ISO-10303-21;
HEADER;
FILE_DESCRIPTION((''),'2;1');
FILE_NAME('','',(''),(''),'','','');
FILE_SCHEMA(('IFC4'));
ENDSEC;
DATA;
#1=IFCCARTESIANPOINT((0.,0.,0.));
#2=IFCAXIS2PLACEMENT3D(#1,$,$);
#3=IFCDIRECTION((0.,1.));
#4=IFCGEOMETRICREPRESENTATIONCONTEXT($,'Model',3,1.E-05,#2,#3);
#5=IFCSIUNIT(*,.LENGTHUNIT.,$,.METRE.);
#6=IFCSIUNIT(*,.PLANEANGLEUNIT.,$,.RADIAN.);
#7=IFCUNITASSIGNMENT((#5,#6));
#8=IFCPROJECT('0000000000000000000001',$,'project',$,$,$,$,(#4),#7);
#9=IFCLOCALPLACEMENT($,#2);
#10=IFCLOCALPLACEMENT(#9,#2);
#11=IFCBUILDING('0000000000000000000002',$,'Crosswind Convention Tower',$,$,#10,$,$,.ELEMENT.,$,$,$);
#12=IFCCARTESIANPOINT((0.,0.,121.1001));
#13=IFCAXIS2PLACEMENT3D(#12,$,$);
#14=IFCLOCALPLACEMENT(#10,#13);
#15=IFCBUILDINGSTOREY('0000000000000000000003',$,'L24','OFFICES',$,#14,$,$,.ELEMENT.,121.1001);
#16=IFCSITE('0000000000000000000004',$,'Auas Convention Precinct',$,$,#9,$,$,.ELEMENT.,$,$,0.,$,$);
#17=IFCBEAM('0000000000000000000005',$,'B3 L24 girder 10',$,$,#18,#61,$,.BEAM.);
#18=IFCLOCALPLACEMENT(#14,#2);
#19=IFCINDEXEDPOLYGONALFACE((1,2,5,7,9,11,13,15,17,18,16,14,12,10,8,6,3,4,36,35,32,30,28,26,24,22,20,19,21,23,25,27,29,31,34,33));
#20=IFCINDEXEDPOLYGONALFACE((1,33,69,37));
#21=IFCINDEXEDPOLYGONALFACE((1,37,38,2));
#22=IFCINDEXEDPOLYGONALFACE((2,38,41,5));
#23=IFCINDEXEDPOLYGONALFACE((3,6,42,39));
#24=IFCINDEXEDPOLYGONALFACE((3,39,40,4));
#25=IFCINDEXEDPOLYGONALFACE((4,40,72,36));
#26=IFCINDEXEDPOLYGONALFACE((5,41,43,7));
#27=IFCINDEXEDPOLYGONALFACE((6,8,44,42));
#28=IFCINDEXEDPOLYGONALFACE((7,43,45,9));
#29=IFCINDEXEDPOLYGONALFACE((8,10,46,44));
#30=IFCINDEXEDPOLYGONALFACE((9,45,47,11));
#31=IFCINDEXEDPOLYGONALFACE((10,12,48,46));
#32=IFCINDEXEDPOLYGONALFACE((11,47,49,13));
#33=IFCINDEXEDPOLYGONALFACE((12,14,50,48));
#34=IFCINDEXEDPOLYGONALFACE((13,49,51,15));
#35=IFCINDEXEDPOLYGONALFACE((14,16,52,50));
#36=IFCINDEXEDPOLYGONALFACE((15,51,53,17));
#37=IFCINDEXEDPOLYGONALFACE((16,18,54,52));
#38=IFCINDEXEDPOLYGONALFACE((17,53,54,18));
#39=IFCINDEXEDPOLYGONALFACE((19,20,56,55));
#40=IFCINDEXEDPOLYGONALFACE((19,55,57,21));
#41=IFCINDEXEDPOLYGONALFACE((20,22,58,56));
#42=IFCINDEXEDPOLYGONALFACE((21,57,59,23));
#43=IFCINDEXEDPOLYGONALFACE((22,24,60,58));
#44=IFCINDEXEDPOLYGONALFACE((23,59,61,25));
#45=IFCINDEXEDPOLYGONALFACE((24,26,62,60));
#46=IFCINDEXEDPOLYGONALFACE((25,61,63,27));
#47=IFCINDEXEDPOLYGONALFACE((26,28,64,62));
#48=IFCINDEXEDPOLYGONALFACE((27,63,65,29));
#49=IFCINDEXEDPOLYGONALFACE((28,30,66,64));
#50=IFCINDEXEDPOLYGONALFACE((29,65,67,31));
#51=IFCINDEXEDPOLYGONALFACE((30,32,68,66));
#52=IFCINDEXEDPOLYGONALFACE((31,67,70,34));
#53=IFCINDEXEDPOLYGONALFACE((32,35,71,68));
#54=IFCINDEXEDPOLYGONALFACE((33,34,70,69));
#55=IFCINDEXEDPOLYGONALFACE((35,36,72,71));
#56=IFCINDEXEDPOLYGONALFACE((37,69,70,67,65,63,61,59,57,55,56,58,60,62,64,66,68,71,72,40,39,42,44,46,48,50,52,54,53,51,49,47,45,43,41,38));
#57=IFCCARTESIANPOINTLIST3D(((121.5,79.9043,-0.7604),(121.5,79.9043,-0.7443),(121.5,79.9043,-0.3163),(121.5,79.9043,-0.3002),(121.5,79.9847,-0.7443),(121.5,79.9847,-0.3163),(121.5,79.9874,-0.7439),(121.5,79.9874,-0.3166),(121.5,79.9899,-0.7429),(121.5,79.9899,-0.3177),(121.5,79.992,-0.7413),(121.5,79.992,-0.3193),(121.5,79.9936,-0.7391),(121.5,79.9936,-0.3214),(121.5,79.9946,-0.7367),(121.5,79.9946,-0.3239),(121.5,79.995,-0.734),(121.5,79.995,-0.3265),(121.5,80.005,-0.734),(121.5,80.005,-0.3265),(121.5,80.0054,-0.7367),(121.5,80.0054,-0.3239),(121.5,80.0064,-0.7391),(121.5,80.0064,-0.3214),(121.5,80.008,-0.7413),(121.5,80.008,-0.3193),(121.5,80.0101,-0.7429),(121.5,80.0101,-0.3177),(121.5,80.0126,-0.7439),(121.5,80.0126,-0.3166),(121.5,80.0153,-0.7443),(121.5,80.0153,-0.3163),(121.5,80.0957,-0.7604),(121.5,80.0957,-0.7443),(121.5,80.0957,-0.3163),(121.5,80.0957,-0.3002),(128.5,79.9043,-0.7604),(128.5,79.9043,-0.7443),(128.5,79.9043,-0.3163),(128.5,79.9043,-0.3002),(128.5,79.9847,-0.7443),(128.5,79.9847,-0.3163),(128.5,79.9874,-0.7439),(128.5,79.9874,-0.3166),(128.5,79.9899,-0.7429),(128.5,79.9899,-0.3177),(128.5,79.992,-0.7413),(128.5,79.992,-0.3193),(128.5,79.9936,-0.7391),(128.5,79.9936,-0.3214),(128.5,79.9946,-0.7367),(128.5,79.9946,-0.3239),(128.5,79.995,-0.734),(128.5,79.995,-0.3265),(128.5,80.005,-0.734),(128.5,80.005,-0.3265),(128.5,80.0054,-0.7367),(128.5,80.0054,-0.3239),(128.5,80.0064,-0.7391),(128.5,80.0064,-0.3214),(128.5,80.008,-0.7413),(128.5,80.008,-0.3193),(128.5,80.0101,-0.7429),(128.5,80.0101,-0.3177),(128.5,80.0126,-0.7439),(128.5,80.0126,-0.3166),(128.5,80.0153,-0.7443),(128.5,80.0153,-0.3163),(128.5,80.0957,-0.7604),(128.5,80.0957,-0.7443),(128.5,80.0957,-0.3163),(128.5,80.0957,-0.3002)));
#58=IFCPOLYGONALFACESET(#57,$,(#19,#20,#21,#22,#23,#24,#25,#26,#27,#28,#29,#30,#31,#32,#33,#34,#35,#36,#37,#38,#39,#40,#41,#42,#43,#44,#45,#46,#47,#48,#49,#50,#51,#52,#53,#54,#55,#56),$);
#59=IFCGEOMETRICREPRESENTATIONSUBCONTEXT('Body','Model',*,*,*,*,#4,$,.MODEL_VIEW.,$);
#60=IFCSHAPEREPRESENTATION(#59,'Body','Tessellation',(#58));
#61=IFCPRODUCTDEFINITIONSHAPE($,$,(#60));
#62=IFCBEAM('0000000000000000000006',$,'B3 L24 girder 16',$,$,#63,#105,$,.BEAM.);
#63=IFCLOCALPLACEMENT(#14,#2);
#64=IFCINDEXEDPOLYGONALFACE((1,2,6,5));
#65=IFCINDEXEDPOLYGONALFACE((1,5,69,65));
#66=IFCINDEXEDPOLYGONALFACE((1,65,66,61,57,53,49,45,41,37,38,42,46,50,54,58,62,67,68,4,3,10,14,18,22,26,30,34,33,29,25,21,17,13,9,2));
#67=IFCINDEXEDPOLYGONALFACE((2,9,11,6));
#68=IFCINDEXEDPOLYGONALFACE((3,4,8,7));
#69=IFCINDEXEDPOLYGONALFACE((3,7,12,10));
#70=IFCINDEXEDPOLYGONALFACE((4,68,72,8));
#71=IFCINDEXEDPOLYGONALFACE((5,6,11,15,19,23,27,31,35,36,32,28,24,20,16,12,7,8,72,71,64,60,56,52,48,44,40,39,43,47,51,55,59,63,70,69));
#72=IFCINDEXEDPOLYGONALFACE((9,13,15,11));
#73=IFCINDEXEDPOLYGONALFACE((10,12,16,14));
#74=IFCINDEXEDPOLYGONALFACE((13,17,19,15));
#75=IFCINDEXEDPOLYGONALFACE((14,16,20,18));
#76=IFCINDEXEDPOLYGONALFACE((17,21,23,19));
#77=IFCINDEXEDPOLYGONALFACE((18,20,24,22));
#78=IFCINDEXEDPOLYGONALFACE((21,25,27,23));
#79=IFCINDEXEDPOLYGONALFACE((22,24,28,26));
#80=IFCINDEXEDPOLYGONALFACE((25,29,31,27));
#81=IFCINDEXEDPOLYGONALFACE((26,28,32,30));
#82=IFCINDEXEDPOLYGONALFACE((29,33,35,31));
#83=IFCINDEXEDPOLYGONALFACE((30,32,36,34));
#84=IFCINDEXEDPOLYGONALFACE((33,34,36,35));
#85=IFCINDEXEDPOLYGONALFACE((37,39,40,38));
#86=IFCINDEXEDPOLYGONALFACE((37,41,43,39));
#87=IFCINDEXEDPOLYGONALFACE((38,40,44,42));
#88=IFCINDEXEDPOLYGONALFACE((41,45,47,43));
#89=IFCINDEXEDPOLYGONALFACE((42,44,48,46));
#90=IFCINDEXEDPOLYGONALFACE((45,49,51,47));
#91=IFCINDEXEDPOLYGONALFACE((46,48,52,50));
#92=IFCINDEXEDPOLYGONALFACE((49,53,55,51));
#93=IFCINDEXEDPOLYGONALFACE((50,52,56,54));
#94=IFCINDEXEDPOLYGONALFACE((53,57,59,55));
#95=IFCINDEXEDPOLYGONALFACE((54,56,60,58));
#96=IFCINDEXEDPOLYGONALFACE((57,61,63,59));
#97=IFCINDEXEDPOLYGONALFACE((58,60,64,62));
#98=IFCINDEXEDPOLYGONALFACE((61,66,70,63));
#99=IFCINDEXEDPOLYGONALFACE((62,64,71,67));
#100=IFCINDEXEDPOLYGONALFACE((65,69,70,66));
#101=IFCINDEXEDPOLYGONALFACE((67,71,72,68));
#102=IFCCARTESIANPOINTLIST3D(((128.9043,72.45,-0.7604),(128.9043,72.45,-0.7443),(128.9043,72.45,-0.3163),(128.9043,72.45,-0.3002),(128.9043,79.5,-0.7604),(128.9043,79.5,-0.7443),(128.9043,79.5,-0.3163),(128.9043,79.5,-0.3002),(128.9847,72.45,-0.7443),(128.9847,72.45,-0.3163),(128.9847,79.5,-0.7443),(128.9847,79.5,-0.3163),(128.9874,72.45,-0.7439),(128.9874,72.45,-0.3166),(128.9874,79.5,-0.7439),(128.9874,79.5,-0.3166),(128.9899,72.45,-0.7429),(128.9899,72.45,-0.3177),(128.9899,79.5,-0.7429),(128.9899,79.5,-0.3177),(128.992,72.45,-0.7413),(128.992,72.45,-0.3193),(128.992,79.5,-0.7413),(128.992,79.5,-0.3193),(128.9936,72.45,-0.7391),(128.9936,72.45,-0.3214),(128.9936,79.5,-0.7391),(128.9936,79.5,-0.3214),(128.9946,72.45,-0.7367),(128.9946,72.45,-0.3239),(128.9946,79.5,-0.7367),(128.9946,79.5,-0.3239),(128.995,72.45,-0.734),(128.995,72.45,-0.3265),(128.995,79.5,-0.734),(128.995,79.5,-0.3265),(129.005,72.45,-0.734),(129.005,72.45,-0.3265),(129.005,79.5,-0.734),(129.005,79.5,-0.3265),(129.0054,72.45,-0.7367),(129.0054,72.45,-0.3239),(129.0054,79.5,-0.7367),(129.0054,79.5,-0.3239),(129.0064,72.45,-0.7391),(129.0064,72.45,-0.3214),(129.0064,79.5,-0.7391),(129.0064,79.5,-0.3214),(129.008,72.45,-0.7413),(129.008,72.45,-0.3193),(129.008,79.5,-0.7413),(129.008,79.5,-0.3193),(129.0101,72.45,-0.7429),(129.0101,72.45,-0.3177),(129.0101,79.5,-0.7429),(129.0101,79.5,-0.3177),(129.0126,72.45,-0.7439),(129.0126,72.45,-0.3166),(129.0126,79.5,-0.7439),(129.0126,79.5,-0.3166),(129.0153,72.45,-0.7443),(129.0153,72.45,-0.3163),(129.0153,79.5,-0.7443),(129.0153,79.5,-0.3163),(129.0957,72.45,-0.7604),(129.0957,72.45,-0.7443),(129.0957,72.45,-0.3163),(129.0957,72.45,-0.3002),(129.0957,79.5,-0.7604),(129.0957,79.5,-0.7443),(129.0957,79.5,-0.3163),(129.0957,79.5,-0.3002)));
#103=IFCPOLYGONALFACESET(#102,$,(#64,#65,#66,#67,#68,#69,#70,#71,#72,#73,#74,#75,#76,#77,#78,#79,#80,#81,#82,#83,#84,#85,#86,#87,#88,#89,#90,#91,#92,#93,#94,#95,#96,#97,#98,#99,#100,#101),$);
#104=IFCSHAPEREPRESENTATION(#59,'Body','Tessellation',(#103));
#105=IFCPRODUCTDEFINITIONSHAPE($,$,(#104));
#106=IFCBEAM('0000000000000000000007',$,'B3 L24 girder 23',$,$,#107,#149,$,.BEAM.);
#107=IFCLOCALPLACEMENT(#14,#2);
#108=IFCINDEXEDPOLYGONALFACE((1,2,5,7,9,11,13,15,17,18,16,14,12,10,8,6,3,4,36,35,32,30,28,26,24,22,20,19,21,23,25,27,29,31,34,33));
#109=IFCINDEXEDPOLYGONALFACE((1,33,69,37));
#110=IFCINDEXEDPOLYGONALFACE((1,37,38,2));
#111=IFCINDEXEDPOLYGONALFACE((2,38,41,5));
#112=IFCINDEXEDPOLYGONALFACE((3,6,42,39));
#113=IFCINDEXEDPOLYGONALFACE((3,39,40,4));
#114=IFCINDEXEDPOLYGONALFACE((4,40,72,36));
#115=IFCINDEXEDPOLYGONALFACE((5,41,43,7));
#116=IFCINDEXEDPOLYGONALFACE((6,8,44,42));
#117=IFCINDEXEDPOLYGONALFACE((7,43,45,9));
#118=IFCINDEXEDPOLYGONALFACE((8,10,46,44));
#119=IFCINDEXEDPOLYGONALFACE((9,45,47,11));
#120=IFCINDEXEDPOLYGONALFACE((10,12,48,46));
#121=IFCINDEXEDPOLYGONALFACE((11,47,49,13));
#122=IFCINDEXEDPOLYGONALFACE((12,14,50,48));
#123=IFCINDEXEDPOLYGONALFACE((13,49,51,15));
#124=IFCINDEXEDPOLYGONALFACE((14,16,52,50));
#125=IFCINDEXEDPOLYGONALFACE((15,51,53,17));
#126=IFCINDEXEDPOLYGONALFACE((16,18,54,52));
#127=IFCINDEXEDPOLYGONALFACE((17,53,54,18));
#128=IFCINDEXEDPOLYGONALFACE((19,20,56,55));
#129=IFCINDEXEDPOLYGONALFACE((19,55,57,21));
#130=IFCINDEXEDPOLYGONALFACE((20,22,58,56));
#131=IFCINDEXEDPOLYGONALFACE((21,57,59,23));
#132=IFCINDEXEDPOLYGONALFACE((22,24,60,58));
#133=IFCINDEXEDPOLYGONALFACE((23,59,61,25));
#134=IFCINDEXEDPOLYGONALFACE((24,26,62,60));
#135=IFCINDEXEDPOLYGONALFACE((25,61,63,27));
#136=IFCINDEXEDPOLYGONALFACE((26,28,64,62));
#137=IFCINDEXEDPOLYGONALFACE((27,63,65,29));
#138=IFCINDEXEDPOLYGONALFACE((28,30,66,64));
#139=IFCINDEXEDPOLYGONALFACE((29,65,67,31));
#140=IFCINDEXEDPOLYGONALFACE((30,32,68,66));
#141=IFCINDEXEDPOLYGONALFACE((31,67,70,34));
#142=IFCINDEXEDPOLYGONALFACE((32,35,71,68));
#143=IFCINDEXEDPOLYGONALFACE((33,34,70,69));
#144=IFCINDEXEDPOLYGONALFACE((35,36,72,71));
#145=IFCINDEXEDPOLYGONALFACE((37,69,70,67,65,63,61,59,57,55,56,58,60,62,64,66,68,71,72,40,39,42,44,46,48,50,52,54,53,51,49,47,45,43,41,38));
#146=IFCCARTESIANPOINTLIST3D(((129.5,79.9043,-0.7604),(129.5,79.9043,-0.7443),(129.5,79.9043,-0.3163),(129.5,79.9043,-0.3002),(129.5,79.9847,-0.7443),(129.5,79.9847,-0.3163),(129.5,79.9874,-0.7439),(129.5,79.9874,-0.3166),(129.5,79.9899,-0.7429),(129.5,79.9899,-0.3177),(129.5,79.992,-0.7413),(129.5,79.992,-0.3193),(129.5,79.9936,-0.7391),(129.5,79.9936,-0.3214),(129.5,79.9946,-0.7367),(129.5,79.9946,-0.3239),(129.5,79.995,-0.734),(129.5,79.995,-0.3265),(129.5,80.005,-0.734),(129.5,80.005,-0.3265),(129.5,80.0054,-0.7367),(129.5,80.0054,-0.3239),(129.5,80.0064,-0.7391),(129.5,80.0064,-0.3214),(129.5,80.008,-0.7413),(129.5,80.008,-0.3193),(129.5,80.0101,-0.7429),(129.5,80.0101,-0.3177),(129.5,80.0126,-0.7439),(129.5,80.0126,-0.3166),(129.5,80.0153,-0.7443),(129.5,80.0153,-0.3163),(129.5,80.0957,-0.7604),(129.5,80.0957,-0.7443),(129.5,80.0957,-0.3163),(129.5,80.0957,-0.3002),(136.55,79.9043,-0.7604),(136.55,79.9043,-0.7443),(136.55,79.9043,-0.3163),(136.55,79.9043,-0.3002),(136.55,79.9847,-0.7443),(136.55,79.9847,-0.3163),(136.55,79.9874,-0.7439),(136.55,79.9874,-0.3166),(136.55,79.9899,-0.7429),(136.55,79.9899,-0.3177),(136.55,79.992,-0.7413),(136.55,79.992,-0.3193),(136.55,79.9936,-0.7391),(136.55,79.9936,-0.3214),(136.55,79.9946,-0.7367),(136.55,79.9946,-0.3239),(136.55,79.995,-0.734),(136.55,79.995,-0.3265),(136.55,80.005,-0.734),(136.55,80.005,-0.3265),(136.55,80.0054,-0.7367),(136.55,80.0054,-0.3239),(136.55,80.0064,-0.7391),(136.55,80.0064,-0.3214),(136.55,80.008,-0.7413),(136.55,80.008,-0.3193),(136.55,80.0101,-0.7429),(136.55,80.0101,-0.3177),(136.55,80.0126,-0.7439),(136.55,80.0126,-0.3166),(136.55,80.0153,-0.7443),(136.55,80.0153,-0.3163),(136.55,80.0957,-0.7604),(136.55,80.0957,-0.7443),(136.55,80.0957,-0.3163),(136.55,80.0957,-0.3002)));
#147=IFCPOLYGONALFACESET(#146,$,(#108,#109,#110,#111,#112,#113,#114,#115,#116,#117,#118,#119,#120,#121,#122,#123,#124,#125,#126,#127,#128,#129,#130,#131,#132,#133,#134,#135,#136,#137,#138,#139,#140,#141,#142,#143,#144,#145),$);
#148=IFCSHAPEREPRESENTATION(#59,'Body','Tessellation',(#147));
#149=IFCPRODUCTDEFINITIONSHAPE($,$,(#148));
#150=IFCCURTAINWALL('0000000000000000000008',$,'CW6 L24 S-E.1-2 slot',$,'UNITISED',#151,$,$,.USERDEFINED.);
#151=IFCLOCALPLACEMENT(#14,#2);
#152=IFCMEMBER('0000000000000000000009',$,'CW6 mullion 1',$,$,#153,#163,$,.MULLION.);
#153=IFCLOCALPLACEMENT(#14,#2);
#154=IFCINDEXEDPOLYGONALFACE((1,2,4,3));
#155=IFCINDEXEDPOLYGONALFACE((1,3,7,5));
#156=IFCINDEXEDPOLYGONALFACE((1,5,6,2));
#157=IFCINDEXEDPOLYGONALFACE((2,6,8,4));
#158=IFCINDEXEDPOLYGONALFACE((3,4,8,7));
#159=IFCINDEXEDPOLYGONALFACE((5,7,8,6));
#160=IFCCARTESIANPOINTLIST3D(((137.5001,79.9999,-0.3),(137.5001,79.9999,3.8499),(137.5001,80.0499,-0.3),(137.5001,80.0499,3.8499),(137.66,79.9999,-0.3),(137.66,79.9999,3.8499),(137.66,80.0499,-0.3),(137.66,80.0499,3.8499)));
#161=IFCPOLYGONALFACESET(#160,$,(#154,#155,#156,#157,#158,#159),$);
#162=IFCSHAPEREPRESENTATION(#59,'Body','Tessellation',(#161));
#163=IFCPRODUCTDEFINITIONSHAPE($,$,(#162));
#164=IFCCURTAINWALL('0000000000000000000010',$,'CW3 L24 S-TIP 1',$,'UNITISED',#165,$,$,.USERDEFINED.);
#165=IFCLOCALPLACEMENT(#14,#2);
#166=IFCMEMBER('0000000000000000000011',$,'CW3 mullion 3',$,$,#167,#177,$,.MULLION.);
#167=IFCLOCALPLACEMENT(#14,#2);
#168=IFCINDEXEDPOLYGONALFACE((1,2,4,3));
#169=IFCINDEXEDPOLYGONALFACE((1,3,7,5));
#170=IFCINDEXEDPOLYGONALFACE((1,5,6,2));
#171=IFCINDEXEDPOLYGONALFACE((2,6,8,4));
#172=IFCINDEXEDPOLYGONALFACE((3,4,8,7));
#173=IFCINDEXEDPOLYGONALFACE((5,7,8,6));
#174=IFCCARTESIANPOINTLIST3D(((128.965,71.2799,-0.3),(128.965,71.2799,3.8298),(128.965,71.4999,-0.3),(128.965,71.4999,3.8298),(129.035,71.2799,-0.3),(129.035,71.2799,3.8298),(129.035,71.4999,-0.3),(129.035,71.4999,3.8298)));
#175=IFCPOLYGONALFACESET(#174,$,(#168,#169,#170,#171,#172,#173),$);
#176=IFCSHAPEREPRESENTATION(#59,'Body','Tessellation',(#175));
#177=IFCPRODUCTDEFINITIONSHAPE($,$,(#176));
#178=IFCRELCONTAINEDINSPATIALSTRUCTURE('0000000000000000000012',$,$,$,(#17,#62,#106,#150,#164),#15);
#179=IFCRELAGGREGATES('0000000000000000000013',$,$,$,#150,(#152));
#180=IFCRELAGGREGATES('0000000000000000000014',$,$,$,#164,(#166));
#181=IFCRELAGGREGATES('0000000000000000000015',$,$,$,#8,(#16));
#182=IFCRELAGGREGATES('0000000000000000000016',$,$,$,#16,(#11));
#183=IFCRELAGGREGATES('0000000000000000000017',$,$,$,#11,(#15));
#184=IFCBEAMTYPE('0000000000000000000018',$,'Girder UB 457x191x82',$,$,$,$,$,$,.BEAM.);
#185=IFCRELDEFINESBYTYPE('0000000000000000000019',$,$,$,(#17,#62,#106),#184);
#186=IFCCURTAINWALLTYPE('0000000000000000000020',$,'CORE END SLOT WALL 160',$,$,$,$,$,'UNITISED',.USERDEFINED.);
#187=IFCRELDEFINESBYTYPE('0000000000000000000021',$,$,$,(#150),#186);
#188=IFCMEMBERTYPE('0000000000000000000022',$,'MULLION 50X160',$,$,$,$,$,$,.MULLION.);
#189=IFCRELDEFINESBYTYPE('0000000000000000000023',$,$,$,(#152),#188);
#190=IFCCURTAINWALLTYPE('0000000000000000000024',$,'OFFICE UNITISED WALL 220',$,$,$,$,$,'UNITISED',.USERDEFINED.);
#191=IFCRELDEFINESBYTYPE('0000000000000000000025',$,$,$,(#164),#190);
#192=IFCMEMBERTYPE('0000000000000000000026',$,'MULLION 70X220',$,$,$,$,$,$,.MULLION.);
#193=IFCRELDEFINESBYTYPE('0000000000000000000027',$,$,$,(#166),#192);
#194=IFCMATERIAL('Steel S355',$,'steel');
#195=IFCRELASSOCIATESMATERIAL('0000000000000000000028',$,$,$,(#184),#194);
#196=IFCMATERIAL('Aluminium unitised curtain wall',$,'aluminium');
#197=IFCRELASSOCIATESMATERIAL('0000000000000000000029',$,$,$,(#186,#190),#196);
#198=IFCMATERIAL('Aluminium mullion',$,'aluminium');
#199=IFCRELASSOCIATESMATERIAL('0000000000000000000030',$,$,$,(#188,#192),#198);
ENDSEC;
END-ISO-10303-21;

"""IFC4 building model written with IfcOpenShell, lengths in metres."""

from ifc_helpers import new_model, si_unit, direction, frame, origin, origin_2d, place, context, subcontext, project, spatial, rectangle, i_section, extrude, material, material_profile, profile_set, type_object, element, aggregate, save


model = new_model("IFC4")

# Units and contexts
model_context = context("Model", 3, precision=1e-05, world=origin(), true_north=direction((0.0, 1.0)))
body_context = subcontext(model_context, "Body", "Model", "MODEL_VIEW")
ifc_project = project(units=[si_unit("LENGTHUNIT", "METRE"), si_unit("PLANEANGLEUNIT", "RADIAN")], contexts=[model_context])

# Site, building, storey
site_placement = place(None, origin())
site = spatial("IfcSite", under=ifc_project, at=site_placement, Name="Auas Convention Precinct", CompositionType="ELEMENT", RefElevation=0.0)
building_placement = place(site_placement, origin())
building = spatial("IfcBuilding", under=site, at=building_placement, Name="Crosswind Convention Tower", CompositionType="ELEMENT")
storey_placement = place(building_placement, frame((0.0, 0.0, 121.1001)))
storey = spatial("IfcBuildingStorey", under=building, at=storey_placement, Name="L24", Description="OFFICES", CompositionType="ELEMENT", Elevation=121.1001)

# Beams
ifc_material_1 = material(Name="Steel S355", Category="steel")
ifc_material_profile_1 = material_profile(ifc_material_1, i_section(OverallWidth=0.1914, OverallDepth=0.4602, WebThickness=0.01, FlangeThickness=0.0161, FilletRadius=0.0103, at=origin_2d()), Name="UB 457x191x82")
ifc_profile_set_1 = profile_set([ifc_material_profile_1], Name="Steel S355")
beam_type_1 = type_object("IfcBeamType", Name="Girder UB 457x191x82", PredefinedType="BEAM", material=ifc_profile_set_1)
beam_1_placement = place(storey_placement, frame((121.5, 80.0, -0.5303), z_axis=(1.0, 0.0, 0.0), x_axis=(0.0, 1.0, 0.0)))
element("IfcBeam", 1, at=beam_1_placement, inside=storey, type_object=beam_type_1, Name="B3 L24 girder 10", PredefinedType="BEAM", context=body_context, shape_type="SweptSolid", body=[
    extrude(i_section(OverallWidth=0.1914, OverallDepth=0.4602, WebThickness=0.01, FlangeThickness=0.0161, FilletRadius=0.0103, at=origin_2d()), origin(), (0.0, 0.0, 1.0), 7.0),
])
for number, where, z_axis, x_axis, name in (
    (2, (129.0, 72.45, -0.5303), (0.0, 1.0, 0.0), (-1.0, 0.0, 0.0), "B3 L24 girder 16"),
    (3, (129.5, 80.0, -0.5303), (1.0, 0.0, 0.0), (0.0, 1.0, 0.0), "B3 L24 girder 23"),
):
    element("IfcBeam", number, at=place(storey_placement, frame(where, z_axis=z_axis, x_axis=x_axis)), inside=storey, type_object=beam_type_1, Name=name, PredefinedType="BEAM", context=body_context, shape_type="SweptSolid", body=[
        extrude(i_section(OverallWidth=0.1914, OverallDepth=0.4602, WebThickness=0.01, FlangeThickness=0.0161, FilletRadius=0.0103, at=origin_2d()), origin(), (0.0, 0.0, 1.0), 7.05),
    ])

# Curtain walls, members
ifc_material_2 = material(Name="Aluminium unitised curtain wall", Category="aluminium")
curtain_wall_type_1 = type_object("IfcCurtainWallType", Name="CORE END SLOT WALL 160", ElementType="UNITISED", PredefinedType="USERDEFINED", material=ifc_material_2)
curtain_wall_1_placement = place(storey_placement, origin())
curtain_wall_1 = element("IfcCurtainWall", 4, at=curtain_wall_1_placement, inside=storey, type_object=curtain_wall_type_1, Name="CW6 L24 S-E.1-2 slot", ObjectType="UNITISED", PredefinedType="USERDEFINED")
ifc_material_3 = material(Name="Aluminium mullion", Category="aluminium")
ifc_material_profile_2 = material_profile(ifc_material_3, rectangle(XDim=0.1599, YDim=0.05, at=origin_2d()), Name="AL 160X50")
ifc_profile_set_2 = profile_set([ifc_material_profile_2], Name="Aluminium mullion")
member_type_1 = type_object("IfcMemberType", Name="MULLION 50X160", PredefinedType="MULLION", material=ifc_profile_set_2)
member_1_placement = place(storey_placement, frame((137.5801, 80.0249, -0.3), z_axis=(0.0, 0.0, 1.0), x_axis=(1.0, 0.0, 0.0)))
member_1 = element("IfcMember", 5, at=member_1_placement, type_object=member_type_1, Name="CW6 mullion 1", PredefinedType="MULLION", context=body_context, shape_type="SweptSolid", body=[
    extrude(rectangle(XDim=0.1599, YDim=0.05, at=origin_2d()), origin(), (0.0, 0.0, 1.0), 4.1499),
])
curtain_wall_type_2 = type_object("IfcCurtainWallType", Name="OFFICE UNITISED WALL 220", ElementType="UNITISED", PredefinedType="USERDEFINED", material=ifc_material_2)
curtain_wall_2_placement = place(storey_placement, origin())
curtain_wall_2 = element("IfcCurtainWall", 6, at=curtain_wall_2_placement, inside=storey, type_object=curtain_wall_type_2, Name="CW3 L24 S-TIP 1", ObjectType="UNITISED", PredefinedType="USERDEFINED")
ifc_material_profile_3 = material_profile(ifc_material_3, rectangle(XDim=0.22, YDim=0.0701, at=origin_2d()), Name="AL 220X70")
ifc_profile_set_3 = profile_set([ifc_material_profile_3], Name="Aluminium mullion")
member_type_2 = type_object("IfcMemberType", Name="MULLION 70X220", PredefinedType="MULLION", material=ifc_profile_set_3)
member_2_placement = place(storey_placement, frame((129.0, 71.3899, -0.3), z_axis=(0.0, 0.0, 1.0), x_axis=(0.0, -1.0, 0.0)))
member_2 = element("IfcMember", 7, at=member_2_placement, type_object=member_type_2, Name="CW3 mullion 3", PredefinedType="MULLION", context=body_context, shape_type="SweptSolid", body=[
    extrude(rectangle(XDim=0.22, YDim=0.0701, at=origin_2d()), origin(), (0.0, 0.0, 1.0), 4.1299),
])

aggregate(curtain_wall_1, [member_1])

aggregate(curtain_wall_2, [member_2])

save(model, "model.ifc")
